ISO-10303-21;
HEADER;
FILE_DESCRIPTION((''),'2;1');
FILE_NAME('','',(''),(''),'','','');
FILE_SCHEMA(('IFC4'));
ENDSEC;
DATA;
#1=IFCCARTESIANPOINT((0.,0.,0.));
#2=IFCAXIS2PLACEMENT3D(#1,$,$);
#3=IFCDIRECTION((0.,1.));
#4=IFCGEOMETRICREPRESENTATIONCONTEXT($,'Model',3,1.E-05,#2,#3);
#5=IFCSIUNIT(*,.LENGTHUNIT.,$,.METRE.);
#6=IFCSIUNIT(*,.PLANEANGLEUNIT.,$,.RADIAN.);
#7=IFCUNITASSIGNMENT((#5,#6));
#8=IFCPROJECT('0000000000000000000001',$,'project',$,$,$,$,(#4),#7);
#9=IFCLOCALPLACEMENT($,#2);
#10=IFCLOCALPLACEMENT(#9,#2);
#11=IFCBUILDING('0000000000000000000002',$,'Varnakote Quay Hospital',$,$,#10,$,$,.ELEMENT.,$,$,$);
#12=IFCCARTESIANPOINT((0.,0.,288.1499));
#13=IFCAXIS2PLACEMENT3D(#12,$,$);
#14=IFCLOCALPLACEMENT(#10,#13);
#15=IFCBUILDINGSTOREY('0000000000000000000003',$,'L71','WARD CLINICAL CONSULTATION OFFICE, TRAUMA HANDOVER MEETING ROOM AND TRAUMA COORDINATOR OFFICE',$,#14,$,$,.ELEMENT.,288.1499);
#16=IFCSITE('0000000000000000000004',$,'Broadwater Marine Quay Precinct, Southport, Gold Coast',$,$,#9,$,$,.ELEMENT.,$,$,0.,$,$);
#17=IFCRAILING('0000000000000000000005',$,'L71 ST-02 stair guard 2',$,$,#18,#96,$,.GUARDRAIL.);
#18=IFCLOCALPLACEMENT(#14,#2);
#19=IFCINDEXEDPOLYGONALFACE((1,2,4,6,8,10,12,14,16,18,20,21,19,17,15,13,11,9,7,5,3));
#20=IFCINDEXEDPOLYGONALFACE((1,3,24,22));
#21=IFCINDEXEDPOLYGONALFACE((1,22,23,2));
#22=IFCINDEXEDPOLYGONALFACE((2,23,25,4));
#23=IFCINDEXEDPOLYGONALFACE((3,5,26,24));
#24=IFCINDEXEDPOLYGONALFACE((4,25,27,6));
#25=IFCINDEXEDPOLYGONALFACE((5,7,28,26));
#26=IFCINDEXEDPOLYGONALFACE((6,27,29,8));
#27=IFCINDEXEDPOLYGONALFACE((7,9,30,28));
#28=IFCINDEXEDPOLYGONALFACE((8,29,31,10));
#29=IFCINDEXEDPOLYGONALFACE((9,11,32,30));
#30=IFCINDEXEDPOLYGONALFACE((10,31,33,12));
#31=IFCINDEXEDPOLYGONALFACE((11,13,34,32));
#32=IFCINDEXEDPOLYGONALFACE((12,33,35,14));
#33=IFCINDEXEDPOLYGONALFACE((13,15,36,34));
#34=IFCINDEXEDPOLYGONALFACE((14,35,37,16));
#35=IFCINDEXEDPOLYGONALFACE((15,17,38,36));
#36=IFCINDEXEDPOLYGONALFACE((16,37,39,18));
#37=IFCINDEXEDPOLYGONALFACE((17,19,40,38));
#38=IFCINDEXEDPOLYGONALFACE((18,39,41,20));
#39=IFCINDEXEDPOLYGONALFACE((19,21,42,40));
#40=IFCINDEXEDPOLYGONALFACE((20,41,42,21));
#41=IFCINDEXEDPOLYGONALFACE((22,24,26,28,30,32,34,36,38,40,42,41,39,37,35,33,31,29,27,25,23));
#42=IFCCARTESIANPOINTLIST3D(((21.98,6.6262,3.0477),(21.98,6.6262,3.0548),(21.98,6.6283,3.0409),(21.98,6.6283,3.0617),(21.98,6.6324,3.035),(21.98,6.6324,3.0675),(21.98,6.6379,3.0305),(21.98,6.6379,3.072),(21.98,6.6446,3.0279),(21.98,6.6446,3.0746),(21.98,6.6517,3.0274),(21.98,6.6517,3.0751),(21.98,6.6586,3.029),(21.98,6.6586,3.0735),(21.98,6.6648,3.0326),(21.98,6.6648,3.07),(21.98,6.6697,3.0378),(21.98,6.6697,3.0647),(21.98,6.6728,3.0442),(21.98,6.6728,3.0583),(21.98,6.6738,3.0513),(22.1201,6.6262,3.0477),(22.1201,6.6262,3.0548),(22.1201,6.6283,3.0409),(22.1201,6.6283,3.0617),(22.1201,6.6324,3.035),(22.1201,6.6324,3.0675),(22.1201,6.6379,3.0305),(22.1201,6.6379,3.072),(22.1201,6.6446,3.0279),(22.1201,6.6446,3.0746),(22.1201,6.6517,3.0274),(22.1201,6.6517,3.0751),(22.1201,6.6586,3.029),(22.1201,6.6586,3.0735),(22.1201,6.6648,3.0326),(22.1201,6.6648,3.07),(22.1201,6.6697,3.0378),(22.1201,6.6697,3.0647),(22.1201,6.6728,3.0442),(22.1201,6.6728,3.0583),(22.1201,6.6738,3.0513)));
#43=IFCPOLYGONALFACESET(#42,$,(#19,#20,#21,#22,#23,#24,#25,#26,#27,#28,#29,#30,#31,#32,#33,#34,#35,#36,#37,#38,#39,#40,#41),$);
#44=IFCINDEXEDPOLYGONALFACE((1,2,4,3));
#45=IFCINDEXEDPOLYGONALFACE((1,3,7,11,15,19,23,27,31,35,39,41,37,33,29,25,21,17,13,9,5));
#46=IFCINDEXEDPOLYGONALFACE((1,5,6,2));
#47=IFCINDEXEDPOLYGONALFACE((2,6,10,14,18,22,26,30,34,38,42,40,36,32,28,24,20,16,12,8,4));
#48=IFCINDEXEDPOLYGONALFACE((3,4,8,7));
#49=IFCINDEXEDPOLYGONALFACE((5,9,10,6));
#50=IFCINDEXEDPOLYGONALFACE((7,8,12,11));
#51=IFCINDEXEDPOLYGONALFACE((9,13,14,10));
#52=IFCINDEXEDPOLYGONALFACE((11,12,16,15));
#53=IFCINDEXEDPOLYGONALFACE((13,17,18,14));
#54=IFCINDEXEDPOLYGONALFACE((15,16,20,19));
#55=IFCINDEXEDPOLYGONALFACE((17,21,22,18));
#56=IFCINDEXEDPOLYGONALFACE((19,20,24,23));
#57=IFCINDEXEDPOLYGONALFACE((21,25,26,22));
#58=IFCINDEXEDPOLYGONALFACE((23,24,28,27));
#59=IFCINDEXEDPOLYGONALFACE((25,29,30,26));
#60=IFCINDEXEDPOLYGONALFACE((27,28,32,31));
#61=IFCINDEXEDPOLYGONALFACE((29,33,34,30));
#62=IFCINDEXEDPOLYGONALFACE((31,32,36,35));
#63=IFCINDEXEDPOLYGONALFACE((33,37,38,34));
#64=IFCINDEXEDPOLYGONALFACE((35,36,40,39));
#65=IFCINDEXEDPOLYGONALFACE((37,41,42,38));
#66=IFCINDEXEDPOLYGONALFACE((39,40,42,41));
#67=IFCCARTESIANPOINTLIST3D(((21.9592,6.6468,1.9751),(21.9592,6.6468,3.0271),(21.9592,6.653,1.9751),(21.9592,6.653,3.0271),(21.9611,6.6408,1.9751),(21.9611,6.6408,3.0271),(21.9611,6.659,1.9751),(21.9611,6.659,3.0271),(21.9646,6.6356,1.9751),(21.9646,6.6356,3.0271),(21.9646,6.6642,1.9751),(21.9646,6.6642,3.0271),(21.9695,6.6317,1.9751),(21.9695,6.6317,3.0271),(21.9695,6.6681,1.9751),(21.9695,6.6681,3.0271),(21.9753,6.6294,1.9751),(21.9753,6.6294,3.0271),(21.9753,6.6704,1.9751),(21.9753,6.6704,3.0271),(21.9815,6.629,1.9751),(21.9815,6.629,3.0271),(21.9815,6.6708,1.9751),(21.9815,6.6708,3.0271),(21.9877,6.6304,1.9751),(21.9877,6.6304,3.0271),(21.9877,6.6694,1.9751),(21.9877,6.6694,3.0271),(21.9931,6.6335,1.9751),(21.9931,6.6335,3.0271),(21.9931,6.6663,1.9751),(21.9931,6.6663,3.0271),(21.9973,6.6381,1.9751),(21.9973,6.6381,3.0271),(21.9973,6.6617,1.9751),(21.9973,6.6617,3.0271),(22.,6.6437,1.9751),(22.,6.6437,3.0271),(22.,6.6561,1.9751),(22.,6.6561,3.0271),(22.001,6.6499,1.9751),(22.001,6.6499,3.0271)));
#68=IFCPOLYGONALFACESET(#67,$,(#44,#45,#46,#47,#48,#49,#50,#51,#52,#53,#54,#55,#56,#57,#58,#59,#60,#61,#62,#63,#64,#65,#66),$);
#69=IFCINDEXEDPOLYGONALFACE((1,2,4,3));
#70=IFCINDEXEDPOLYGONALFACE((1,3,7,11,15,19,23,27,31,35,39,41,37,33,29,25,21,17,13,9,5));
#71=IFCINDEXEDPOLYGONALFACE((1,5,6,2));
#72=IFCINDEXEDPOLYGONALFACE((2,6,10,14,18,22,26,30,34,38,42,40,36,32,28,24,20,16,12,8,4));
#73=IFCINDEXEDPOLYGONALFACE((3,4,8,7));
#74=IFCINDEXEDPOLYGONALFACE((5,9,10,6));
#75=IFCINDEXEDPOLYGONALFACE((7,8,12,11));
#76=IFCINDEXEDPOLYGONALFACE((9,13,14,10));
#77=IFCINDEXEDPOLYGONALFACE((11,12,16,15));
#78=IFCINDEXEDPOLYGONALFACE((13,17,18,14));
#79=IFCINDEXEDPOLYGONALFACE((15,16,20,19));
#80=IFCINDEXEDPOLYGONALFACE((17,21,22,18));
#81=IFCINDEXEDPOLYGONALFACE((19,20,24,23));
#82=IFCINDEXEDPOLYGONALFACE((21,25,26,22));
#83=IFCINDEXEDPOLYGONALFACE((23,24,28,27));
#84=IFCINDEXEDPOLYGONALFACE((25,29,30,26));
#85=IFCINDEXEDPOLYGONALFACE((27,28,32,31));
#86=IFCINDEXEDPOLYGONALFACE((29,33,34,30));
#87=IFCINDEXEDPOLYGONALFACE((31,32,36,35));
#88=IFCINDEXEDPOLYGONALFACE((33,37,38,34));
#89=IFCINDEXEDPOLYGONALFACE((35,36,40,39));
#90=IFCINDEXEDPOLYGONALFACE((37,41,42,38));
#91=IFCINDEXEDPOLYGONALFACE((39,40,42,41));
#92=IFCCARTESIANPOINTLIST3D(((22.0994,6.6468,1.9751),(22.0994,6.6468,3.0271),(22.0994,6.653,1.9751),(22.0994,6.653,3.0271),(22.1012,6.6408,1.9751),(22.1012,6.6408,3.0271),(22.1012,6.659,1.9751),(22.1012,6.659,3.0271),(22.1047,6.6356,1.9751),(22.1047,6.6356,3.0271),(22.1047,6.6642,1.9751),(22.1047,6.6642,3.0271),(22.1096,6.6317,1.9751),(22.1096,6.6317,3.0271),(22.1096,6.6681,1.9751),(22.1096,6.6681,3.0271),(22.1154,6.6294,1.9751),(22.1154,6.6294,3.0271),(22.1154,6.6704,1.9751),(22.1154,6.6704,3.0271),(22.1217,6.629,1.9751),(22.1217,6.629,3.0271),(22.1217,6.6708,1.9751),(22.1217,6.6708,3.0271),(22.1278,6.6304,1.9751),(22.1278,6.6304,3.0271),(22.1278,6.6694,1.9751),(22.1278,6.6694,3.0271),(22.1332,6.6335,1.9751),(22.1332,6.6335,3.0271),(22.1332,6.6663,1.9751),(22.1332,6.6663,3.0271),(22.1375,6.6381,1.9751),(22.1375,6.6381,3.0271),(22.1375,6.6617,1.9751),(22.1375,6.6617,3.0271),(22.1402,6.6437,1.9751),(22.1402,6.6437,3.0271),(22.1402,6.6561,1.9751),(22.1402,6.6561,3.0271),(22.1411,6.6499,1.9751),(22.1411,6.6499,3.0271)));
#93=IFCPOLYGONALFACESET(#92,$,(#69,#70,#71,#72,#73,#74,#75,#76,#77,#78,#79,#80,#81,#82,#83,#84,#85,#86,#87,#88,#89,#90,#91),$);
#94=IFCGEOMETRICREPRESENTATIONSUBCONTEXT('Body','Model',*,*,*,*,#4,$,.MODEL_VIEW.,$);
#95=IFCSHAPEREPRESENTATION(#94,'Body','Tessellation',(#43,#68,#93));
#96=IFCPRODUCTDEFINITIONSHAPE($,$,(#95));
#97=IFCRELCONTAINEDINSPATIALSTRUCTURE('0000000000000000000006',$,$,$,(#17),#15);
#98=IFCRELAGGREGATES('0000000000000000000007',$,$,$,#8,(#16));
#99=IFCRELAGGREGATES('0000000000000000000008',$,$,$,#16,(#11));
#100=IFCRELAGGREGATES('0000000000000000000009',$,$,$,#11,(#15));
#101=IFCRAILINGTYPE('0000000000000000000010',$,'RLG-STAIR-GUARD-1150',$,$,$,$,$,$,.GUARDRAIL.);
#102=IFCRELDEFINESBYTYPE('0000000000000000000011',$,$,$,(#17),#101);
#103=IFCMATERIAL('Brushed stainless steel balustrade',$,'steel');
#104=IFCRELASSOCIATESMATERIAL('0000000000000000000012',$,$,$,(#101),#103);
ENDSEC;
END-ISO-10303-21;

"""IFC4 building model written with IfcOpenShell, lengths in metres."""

from ifc_helpers import new_model, si_unit, direction, frame, origin, origin_2d, place, context, subcontext, project, spatial, circle, extrude, material, type_object, element, save


model = new_model("IFC4")

# Units and contexts
model_context = context("Model", 3, precision=1e-05, world=origin(), true_north=direction((0.0, 1.0)))
body_context = subcontext(model_context, "Body", "Model", "MODEL_VIEW")
ifc_project = project(units=[si_unit("LENGTHUNIT", "METRE"), si_unit("PLANEANGLEUNIT", "RADIAN")], contexts=[model_context])

# Site, building, storey
site_placement = place(None, origin())
site = spatial("IfcSite", under=ifc_project, at=site_placement, Name="Broadwater Marine Quay Precinct, Southport, Gold Coast", CompositionType="ELEMENT", RefElevation=0.0)
building_placement = place(site_placement, origin())
building = spatial("IfcBuilding", under=site, at=building_placement, Name="Varnakote Quay Hospital", CompositionType="ELEMENT")
storey_placement = place(building_placement, frame((0.0, 0.0, 288.1499)))
storey = spatial("IfcBuildingStorey", under=building, at=storey_placement, Name="L71", Description="WARD CLINICAL CONSULTATION OFFICE, TRAUMA HANDOVER MEETING ROOM AND TRAUMA COORDINATOR OFFICE", CompositionType="ELEMENT", Elevation=288.1499)

# Railing
ifc_material_1 = material(Name="Brushed stainless steel balustrade", Category="steel")
railing_type_1 = type_object("IfcRailingType", Name="RLG-STAIR-GUARD-1150", PredefinedType="GUARDRAIL", material=ifc_material_1)
railing_1_placement = place(storey_placement, frame((21.98, 6.6499, 1.9751)))
element("IfcRailing", 1, at=railing_1_placement, inside=storey, type_object=railing_type_1, Name="L71 ST-02 stair guard 2", PredefinedType="GUARDRAIL", context=body_context, shape_type="SweptSolid", body=[
    extrude(circle(Radius=0.0239, at=origin_2d()), frame((0.0, 0.0, 1.0762), z_axis=(1.0, 0.0, 0.0), x_axis=(0.0, 1.0, 0.0)), (0.0, 0.0, 1.0), 0.1401),
    extrude(circle(Radius=0.021, at=origin_2d()), origin(), (0.0, 0.0, 1.0), 1.052),
    extrude(circle(Radius=0.021, at=origin_2d()), frame((0.1401, 0.0, 0.0)), (0.0, 0.0, 1.0), 1.052),
])

save(model, "model.ifc")
